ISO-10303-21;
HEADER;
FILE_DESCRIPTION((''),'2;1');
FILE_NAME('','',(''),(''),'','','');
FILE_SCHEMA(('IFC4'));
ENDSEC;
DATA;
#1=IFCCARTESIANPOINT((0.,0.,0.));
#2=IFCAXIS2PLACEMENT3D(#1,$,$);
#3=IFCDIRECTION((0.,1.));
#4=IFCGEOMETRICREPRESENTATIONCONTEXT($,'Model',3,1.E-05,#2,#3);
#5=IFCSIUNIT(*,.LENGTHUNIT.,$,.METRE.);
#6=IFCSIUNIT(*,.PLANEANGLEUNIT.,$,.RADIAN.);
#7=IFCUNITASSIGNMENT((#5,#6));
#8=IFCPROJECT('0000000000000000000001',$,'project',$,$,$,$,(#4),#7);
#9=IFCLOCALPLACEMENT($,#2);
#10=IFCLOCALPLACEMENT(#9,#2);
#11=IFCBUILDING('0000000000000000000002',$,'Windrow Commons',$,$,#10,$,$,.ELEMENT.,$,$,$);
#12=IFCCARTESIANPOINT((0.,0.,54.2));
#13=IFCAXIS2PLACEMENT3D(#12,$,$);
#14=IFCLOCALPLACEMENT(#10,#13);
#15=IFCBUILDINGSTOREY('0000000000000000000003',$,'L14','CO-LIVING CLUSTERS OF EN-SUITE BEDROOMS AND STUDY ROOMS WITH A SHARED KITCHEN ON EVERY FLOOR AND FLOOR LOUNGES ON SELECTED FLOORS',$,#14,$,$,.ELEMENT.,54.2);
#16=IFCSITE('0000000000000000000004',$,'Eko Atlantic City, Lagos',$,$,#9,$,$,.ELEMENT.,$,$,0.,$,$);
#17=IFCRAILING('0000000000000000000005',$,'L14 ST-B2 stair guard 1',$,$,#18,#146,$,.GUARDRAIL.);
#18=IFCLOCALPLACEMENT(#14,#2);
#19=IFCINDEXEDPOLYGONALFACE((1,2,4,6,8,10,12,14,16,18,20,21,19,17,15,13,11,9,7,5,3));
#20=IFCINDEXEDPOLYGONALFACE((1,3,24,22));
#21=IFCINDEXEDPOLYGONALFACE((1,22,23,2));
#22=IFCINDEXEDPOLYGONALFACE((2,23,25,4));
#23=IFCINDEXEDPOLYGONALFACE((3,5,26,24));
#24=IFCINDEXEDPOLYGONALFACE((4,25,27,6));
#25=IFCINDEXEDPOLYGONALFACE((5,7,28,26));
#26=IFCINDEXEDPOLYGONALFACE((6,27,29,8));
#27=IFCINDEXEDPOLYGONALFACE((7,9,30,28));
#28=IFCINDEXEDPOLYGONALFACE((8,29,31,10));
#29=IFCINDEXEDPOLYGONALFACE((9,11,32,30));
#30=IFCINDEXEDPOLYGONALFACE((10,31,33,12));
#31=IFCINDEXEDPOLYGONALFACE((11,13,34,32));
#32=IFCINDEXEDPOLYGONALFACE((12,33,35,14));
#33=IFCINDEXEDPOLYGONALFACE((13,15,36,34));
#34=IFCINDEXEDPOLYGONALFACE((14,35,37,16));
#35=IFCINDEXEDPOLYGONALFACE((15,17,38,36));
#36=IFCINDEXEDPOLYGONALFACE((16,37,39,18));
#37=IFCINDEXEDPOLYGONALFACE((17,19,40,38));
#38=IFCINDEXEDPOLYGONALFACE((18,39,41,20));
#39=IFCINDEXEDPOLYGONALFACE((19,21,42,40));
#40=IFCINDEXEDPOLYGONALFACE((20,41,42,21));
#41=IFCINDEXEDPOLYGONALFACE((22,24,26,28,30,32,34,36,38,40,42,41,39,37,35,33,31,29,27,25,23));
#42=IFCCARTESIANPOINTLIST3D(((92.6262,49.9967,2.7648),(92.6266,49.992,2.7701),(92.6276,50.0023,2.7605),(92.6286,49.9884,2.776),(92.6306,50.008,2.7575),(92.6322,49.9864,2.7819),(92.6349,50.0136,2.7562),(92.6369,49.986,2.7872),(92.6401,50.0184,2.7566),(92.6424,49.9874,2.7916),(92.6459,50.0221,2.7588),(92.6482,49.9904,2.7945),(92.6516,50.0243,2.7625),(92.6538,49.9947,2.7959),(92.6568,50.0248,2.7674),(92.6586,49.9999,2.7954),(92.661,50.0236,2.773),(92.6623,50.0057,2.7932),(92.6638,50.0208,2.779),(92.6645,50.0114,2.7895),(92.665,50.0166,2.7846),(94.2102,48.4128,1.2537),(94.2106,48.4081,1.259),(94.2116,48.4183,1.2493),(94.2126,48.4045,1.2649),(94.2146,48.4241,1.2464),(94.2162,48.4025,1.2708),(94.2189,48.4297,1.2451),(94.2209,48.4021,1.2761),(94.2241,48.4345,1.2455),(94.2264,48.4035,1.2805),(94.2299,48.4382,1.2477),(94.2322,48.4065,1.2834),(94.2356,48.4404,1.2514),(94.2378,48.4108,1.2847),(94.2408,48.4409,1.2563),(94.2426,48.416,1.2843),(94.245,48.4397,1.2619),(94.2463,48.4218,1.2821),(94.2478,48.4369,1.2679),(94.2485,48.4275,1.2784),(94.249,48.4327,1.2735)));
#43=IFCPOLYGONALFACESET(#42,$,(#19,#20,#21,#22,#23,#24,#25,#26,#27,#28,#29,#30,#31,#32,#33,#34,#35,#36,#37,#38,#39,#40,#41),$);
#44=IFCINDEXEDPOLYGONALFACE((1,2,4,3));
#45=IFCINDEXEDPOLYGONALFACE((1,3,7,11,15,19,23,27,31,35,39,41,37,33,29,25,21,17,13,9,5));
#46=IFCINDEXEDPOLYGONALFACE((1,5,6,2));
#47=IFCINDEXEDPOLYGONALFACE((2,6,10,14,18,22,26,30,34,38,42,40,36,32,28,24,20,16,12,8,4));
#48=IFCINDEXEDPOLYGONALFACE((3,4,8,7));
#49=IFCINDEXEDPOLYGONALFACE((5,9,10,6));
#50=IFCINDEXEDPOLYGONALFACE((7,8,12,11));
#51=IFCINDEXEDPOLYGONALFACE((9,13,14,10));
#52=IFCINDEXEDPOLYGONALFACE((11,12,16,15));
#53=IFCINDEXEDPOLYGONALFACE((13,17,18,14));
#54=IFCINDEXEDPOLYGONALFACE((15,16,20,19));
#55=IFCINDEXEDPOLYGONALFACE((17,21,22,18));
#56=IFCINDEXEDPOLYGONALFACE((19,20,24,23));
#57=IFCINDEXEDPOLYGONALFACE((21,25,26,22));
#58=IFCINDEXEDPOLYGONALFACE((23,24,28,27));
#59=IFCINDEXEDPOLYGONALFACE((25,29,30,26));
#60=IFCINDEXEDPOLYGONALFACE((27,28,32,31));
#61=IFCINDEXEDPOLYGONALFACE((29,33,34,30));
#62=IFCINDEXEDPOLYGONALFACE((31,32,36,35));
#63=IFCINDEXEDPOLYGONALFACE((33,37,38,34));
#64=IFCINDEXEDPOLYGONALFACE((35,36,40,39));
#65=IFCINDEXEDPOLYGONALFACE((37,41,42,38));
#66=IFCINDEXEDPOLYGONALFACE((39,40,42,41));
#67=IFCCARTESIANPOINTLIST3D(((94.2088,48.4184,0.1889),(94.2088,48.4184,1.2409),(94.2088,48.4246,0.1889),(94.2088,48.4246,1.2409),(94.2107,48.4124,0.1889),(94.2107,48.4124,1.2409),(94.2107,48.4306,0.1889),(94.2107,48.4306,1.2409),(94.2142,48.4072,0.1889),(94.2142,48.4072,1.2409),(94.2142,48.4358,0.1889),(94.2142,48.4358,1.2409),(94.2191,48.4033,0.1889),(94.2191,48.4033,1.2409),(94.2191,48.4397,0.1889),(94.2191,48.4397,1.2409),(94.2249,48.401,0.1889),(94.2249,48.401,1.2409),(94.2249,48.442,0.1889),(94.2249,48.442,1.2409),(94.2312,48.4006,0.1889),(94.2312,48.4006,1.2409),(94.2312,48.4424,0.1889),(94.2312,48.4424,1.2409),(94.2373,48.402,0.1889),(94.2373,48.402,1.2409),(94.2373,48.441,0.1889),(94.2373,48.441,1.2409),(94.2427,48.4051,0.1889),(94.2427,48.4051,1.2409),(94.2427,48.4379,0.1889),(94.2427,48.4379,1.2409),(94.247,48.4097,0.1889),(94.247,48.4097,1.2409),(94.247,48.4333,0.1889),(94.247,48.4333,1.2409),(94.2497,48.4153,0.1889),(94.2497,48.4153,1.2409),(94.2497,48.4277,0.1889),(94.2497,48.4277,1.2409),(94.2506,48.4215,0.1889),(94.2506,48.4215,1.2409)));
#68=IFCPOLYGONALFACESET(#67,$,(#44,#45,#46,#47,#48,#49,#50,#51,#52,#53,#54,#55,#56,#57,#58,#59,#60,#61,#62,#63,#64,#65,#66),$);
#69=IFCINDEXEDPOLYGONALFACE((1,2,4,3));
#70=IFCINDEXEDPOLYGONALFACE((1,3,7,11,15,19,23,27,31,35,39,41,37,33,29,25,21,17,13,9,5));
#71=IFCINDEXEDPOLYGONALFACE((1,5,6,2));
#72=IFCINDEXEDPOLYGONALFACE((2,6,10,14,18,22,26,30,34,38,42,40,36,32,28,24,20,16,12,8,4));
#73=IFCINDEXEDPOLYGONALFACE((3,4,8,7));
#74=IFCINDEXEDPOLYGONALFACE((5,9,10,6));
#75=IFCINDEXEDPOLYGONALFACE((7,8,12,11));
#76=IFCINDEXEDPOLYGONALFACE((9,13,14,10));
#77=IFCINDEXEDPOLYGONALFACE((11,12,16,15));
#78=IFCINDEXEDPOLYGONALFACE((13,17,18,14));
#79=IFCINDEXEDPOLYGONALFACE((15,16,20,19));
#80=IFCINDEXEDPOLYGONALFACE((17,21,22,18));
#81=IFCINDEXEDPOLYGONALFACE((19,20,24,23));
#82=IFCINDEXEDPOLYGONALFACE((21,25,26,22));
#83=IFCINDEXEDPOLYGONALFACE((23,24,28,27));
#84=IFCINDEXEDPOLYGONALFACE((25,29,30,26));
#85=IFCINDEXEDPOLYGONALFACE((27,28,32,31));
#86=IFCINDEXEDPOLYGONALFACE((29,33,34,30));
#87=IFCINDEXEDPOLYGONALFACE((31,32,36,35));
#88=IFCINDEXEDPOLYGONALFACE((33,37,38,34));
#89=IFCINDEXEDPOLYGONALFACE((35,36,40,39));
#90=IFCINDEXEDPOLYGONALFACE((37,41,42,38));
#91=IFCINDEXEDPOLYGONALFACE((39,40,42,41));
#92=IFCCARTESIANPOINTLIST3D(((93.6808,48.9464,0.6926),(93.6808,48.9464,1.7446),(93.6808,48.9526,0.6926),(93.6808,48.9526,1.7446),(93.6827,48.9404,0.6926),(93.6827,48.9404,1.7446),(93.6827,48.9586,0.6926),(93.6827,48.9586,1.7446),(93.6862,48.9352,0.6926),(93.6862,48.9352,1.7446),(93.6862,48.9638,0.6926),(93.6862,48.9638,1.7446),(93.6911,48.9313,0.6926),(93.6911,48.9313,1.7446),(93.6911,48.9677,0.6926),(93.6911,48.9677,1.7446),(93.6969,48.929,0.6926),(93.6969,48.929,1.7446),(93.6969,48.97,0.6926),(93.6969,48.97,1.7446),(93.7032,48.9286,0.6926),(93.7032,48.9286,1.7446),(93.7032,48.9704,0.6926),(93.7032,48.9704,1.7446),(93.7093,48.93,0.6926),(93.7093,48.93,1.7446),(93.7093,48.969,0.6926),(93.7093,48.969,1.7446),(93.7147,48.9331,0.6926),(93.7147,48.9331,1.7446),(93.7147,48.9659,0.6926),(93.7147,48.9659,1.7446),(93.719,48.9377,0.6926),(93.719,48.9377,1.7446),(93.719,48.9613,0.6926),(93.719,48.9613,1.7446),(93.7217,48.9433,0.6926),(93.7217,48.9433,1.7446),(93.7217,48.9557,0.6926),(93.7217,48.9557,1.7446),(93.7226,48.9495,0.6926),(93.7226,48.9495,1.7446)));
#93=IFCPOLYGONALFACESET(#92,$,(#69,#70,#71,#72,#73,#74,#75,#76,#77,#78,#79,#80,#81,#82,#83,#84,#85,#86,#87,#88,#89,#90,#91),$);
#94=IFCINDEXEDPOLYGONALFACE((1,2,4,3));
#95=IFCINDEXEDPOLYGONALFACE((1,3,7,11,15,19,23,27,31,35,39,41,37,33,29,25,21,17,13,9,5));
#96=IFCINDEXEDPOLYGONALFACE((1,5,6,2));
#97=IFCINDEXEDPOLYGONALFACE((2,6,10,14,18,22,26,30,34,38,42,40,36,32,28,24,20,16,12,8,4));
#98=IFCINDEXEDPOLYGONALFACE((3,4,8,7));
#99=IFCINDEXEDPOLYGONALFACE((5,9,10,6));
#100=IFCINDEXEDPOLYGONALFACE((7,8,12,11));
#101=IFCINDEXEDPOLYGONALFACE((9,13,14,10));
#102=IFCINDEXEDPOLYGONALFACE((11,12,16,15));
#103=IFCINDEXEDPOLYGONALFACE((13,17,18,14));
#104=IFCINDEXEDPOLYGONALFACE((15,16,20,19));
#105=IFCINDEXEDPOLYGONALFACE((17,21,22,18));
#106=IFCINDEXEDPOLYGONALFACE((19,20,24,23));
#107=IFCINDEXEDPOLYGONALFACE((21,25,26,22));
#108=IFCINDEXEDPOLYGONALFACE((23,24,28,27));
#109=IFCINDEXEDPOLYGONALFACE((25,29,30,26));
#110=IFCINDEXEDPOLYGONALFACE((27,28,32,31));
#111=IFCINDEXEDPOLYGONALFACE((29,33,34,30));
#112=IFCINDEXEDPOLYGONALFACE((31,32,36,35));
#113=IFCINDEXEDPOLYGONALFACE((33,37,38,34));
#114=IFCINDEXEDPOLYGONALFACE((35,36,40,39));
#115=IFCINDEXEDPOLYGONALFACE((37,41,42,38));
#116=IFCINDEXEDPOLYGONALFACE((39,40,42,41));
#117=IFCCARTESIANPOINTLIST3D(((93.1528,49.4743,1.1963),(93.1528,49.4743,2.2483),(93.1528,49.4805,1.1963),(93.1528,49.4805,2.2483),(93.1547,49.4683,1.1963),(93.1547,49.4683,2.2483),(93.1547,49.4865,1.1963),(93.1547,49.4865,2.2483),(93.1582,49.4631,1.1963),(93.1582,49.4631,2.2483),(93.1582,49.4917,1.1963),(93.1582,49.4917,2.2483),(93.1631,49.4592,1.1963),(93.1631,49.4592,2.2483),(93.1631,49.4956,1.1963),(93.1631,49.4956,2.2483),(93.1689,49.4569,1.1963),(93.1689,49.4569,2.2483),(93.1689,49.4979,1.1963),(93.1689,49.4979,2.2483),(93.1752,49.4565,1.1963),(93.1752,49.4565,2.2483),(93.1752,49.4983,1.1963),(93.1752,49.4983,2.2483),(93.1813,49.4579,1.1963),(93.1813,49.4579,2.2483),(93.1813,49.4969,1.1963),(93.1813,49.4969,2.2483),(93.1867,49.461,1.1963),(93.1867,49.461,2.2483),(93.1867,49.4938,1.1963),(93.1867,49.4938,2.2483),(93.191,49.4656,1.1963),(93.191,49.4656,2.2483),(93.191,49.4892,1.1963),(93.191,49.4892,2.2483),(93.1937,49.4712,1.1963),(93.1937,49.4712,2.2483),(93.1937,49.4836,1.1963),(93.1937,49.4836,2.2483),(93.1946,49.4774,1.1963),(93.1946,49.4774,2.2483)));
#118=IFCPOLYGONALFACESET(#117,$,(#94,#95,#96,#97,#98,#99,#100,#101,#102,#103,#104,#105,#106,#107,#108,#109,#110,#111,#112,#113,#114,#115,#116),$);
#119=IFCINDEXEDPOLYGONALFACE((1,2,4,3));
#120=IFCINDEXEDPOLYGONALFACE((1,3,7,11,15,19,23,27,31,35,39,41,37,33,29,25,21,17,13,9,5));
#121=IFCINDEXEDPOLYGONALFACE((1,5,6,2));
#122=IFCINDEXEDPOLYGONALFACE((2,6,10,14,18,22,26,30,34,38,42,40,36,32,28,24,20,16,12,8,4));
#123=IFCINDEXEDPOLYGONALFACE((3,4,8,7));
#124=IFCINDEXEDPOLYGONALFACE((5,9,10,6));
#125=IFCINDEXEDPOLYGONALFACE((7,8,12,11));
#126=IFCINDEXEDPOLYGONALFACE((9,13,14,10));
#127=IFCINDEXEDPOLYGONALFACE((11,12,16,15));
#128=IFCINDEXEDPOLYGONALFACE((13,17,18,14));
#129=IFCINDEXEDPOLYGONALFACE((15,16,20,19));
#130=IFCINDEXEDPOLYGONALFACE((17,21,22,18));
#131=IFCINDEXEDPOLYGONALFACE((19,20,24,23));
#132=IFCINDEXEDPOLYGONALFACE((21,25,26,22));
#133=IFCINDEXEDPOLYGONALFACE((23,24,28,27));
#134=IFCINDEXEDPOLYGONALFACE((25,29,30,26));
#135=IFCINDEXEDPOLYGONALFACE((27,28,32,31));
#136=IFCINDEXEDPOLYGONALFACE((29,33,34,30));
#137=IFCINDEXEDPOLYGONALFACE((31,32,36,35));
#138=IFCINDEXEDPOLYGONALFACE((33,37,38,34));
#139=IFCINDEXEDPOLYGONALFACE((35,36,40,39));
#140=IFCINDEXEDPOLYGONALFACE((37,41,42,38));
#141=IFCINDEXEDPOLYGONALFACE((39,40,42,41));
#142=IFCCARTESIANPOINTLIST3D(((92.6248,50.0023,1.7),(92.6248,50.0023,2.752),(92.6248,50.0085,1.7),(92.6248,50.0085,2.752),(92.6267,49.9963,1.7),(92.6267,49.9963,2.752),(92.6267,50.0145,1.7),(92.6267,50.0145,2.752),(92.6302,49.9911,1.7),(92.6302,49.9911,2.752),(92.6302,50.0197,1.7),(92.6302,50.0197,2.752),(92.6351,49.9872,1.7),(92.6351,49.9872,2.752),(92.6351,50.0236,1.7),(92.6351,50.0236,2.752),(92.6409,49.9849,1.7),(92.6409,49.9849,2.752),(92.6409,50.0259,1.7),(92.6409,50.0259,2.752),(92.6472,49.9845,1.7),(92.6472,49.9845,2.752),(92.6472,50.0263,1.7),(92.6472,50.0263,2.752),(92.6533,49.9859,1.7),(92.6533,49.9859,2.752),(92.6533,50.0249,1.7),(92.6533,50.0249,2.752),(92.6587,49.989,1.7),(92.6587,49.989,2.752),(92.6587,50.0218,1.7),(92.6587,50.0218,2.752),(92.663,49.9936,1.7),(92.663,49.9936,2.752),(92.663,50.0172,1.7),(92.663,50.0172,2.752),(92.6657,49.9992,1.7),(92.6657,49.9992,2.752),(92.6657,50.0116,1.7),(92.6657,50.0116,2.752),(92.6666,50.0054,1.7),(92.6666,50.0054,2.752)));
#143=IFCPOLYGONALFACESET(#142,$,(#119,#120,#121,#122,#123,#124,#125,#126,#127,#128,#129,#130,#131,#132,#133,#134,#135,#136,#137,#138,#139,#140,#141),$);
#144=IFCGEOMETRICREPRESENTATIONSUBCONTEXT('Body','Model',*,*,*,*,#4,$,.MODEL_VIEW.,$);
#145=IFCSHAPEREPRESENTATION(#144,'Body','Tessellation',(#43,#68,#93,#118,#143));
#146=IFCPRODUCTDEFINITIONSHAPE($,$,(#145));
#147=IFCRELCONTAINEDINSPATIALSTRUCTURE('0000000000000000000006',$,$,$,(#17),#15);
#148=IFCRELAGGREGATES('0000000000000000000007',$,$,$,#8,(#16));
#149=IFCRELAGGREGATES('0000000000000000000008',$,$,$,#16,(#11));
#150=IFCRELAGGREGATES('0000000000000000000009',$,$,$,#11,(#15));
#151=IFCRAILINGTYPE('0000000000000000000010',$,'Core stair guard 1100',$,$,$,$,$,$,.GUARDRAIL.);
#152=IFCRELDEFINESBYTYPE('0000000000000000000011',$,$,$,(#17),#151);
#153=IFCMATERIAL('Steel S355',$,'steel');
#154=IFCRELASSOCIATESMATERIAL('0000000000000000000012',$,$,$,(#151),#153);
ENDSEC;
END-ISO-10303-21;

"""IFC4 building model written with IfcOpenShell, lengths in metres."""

from ifc_helpers import new_model, si_unit, direction, frame, origin, origin_2d, place, context, subcontext, project, spatial, circle, extrude, material, type_object, element, save


model = new_model("IFC4")

# Units and contexts
model_context = context("Model", 3, precision=1e-05, world=origin(), true_north=direction((0.0, 1.0)))
body_context = subcontext(model_context, "Body", "Model", "MODEL_VIEW")
ifc_project = project(units=[si_unit("LENGTHUNIT", "METRE"), si_unit("PLANEANGLEUNIT", "RADIAN")], contexts=[model_context])

# Site, building, storey
site_placement = place(None, origin())
site = spatial("IfcSite", under=ifc_project, at=site_placement, Name="Eko Atlantic City, Lagos", CompositionType="ELEMENT", RefElevation=0.0)
building_placement = place(site_placement, origin())
building = spatial("IfcBuilding", under=site, at=building_placement, Name="Windrow Commons", CompositionType="ELEMENT")
storey_placement = place(building_placement, frame((0.0, 0.0, 54.2)))
storey = spatial("IfcBuildingStorey", under=building, at=storey_placement, Name="L14", Description="CO-LIVING CLUSTERS OF EN-SUITE BEDROOMS AND STUDY ROOMS WITH A SHARED KITCHEN ON EVERY FLOOR AND FLOOR LOUNGES ON SELECTED FLOORS", CompositionType="ELEMENT", Elevation=54.2)

# Railing
ifc_material_1 = material(Name="Steel S355", Category="steel")
railing_type_1 = type_object("IfcRailingType", Name="Core stair guard 1100", PredefinedType="GUARDRAIL", material=ifc_material_1)
railing_1_placement = place(storey_placement, frame((94.2296, 48.4215, 0.1889)))
element("IfcRailing", 1, at=railing_1_placement, inside=storey, type_object=railing_type_1, Name="L14 ST-B2 stair guard 1", PredefinedType="GUARDRAIL", context=body_context, shape_type="SweptSolid", body=[
    extrude(circle(Radius=0.024, at=origin_2d()), frame((0.0, 0.0, 1.076), z_axis=(-0.586216, 0.586179, 0.559237), x_axis=(-0.707084, -0.707129, 0.0)), (0.0, 0.0, 1.0), 2.7021),
    extrude(circle(Radius=0.021, at=origin_2d()), origin(), (0.0, 0.0, 1.0), 1.052),
    extrude(circle(Radius=0.021, at=origin_2d()), frame((-0.528, 0.528, 0.5037)), (0.0, 0.0, 1.0), 1.052),
    extrude(circle(Radius=0.021, at=origin_2d()), frame((-1.056, 1.0559, 1.0074)), (0.0, 0.0, 1.0), 1.052),
    extrude(circle(Radius=0.021, at=origin_2d()), frame((-1.584, 1.5839, 1.5111)), (0.0, 0.0, 1.0), 1.052),
])

save(model, "model.ifc")
